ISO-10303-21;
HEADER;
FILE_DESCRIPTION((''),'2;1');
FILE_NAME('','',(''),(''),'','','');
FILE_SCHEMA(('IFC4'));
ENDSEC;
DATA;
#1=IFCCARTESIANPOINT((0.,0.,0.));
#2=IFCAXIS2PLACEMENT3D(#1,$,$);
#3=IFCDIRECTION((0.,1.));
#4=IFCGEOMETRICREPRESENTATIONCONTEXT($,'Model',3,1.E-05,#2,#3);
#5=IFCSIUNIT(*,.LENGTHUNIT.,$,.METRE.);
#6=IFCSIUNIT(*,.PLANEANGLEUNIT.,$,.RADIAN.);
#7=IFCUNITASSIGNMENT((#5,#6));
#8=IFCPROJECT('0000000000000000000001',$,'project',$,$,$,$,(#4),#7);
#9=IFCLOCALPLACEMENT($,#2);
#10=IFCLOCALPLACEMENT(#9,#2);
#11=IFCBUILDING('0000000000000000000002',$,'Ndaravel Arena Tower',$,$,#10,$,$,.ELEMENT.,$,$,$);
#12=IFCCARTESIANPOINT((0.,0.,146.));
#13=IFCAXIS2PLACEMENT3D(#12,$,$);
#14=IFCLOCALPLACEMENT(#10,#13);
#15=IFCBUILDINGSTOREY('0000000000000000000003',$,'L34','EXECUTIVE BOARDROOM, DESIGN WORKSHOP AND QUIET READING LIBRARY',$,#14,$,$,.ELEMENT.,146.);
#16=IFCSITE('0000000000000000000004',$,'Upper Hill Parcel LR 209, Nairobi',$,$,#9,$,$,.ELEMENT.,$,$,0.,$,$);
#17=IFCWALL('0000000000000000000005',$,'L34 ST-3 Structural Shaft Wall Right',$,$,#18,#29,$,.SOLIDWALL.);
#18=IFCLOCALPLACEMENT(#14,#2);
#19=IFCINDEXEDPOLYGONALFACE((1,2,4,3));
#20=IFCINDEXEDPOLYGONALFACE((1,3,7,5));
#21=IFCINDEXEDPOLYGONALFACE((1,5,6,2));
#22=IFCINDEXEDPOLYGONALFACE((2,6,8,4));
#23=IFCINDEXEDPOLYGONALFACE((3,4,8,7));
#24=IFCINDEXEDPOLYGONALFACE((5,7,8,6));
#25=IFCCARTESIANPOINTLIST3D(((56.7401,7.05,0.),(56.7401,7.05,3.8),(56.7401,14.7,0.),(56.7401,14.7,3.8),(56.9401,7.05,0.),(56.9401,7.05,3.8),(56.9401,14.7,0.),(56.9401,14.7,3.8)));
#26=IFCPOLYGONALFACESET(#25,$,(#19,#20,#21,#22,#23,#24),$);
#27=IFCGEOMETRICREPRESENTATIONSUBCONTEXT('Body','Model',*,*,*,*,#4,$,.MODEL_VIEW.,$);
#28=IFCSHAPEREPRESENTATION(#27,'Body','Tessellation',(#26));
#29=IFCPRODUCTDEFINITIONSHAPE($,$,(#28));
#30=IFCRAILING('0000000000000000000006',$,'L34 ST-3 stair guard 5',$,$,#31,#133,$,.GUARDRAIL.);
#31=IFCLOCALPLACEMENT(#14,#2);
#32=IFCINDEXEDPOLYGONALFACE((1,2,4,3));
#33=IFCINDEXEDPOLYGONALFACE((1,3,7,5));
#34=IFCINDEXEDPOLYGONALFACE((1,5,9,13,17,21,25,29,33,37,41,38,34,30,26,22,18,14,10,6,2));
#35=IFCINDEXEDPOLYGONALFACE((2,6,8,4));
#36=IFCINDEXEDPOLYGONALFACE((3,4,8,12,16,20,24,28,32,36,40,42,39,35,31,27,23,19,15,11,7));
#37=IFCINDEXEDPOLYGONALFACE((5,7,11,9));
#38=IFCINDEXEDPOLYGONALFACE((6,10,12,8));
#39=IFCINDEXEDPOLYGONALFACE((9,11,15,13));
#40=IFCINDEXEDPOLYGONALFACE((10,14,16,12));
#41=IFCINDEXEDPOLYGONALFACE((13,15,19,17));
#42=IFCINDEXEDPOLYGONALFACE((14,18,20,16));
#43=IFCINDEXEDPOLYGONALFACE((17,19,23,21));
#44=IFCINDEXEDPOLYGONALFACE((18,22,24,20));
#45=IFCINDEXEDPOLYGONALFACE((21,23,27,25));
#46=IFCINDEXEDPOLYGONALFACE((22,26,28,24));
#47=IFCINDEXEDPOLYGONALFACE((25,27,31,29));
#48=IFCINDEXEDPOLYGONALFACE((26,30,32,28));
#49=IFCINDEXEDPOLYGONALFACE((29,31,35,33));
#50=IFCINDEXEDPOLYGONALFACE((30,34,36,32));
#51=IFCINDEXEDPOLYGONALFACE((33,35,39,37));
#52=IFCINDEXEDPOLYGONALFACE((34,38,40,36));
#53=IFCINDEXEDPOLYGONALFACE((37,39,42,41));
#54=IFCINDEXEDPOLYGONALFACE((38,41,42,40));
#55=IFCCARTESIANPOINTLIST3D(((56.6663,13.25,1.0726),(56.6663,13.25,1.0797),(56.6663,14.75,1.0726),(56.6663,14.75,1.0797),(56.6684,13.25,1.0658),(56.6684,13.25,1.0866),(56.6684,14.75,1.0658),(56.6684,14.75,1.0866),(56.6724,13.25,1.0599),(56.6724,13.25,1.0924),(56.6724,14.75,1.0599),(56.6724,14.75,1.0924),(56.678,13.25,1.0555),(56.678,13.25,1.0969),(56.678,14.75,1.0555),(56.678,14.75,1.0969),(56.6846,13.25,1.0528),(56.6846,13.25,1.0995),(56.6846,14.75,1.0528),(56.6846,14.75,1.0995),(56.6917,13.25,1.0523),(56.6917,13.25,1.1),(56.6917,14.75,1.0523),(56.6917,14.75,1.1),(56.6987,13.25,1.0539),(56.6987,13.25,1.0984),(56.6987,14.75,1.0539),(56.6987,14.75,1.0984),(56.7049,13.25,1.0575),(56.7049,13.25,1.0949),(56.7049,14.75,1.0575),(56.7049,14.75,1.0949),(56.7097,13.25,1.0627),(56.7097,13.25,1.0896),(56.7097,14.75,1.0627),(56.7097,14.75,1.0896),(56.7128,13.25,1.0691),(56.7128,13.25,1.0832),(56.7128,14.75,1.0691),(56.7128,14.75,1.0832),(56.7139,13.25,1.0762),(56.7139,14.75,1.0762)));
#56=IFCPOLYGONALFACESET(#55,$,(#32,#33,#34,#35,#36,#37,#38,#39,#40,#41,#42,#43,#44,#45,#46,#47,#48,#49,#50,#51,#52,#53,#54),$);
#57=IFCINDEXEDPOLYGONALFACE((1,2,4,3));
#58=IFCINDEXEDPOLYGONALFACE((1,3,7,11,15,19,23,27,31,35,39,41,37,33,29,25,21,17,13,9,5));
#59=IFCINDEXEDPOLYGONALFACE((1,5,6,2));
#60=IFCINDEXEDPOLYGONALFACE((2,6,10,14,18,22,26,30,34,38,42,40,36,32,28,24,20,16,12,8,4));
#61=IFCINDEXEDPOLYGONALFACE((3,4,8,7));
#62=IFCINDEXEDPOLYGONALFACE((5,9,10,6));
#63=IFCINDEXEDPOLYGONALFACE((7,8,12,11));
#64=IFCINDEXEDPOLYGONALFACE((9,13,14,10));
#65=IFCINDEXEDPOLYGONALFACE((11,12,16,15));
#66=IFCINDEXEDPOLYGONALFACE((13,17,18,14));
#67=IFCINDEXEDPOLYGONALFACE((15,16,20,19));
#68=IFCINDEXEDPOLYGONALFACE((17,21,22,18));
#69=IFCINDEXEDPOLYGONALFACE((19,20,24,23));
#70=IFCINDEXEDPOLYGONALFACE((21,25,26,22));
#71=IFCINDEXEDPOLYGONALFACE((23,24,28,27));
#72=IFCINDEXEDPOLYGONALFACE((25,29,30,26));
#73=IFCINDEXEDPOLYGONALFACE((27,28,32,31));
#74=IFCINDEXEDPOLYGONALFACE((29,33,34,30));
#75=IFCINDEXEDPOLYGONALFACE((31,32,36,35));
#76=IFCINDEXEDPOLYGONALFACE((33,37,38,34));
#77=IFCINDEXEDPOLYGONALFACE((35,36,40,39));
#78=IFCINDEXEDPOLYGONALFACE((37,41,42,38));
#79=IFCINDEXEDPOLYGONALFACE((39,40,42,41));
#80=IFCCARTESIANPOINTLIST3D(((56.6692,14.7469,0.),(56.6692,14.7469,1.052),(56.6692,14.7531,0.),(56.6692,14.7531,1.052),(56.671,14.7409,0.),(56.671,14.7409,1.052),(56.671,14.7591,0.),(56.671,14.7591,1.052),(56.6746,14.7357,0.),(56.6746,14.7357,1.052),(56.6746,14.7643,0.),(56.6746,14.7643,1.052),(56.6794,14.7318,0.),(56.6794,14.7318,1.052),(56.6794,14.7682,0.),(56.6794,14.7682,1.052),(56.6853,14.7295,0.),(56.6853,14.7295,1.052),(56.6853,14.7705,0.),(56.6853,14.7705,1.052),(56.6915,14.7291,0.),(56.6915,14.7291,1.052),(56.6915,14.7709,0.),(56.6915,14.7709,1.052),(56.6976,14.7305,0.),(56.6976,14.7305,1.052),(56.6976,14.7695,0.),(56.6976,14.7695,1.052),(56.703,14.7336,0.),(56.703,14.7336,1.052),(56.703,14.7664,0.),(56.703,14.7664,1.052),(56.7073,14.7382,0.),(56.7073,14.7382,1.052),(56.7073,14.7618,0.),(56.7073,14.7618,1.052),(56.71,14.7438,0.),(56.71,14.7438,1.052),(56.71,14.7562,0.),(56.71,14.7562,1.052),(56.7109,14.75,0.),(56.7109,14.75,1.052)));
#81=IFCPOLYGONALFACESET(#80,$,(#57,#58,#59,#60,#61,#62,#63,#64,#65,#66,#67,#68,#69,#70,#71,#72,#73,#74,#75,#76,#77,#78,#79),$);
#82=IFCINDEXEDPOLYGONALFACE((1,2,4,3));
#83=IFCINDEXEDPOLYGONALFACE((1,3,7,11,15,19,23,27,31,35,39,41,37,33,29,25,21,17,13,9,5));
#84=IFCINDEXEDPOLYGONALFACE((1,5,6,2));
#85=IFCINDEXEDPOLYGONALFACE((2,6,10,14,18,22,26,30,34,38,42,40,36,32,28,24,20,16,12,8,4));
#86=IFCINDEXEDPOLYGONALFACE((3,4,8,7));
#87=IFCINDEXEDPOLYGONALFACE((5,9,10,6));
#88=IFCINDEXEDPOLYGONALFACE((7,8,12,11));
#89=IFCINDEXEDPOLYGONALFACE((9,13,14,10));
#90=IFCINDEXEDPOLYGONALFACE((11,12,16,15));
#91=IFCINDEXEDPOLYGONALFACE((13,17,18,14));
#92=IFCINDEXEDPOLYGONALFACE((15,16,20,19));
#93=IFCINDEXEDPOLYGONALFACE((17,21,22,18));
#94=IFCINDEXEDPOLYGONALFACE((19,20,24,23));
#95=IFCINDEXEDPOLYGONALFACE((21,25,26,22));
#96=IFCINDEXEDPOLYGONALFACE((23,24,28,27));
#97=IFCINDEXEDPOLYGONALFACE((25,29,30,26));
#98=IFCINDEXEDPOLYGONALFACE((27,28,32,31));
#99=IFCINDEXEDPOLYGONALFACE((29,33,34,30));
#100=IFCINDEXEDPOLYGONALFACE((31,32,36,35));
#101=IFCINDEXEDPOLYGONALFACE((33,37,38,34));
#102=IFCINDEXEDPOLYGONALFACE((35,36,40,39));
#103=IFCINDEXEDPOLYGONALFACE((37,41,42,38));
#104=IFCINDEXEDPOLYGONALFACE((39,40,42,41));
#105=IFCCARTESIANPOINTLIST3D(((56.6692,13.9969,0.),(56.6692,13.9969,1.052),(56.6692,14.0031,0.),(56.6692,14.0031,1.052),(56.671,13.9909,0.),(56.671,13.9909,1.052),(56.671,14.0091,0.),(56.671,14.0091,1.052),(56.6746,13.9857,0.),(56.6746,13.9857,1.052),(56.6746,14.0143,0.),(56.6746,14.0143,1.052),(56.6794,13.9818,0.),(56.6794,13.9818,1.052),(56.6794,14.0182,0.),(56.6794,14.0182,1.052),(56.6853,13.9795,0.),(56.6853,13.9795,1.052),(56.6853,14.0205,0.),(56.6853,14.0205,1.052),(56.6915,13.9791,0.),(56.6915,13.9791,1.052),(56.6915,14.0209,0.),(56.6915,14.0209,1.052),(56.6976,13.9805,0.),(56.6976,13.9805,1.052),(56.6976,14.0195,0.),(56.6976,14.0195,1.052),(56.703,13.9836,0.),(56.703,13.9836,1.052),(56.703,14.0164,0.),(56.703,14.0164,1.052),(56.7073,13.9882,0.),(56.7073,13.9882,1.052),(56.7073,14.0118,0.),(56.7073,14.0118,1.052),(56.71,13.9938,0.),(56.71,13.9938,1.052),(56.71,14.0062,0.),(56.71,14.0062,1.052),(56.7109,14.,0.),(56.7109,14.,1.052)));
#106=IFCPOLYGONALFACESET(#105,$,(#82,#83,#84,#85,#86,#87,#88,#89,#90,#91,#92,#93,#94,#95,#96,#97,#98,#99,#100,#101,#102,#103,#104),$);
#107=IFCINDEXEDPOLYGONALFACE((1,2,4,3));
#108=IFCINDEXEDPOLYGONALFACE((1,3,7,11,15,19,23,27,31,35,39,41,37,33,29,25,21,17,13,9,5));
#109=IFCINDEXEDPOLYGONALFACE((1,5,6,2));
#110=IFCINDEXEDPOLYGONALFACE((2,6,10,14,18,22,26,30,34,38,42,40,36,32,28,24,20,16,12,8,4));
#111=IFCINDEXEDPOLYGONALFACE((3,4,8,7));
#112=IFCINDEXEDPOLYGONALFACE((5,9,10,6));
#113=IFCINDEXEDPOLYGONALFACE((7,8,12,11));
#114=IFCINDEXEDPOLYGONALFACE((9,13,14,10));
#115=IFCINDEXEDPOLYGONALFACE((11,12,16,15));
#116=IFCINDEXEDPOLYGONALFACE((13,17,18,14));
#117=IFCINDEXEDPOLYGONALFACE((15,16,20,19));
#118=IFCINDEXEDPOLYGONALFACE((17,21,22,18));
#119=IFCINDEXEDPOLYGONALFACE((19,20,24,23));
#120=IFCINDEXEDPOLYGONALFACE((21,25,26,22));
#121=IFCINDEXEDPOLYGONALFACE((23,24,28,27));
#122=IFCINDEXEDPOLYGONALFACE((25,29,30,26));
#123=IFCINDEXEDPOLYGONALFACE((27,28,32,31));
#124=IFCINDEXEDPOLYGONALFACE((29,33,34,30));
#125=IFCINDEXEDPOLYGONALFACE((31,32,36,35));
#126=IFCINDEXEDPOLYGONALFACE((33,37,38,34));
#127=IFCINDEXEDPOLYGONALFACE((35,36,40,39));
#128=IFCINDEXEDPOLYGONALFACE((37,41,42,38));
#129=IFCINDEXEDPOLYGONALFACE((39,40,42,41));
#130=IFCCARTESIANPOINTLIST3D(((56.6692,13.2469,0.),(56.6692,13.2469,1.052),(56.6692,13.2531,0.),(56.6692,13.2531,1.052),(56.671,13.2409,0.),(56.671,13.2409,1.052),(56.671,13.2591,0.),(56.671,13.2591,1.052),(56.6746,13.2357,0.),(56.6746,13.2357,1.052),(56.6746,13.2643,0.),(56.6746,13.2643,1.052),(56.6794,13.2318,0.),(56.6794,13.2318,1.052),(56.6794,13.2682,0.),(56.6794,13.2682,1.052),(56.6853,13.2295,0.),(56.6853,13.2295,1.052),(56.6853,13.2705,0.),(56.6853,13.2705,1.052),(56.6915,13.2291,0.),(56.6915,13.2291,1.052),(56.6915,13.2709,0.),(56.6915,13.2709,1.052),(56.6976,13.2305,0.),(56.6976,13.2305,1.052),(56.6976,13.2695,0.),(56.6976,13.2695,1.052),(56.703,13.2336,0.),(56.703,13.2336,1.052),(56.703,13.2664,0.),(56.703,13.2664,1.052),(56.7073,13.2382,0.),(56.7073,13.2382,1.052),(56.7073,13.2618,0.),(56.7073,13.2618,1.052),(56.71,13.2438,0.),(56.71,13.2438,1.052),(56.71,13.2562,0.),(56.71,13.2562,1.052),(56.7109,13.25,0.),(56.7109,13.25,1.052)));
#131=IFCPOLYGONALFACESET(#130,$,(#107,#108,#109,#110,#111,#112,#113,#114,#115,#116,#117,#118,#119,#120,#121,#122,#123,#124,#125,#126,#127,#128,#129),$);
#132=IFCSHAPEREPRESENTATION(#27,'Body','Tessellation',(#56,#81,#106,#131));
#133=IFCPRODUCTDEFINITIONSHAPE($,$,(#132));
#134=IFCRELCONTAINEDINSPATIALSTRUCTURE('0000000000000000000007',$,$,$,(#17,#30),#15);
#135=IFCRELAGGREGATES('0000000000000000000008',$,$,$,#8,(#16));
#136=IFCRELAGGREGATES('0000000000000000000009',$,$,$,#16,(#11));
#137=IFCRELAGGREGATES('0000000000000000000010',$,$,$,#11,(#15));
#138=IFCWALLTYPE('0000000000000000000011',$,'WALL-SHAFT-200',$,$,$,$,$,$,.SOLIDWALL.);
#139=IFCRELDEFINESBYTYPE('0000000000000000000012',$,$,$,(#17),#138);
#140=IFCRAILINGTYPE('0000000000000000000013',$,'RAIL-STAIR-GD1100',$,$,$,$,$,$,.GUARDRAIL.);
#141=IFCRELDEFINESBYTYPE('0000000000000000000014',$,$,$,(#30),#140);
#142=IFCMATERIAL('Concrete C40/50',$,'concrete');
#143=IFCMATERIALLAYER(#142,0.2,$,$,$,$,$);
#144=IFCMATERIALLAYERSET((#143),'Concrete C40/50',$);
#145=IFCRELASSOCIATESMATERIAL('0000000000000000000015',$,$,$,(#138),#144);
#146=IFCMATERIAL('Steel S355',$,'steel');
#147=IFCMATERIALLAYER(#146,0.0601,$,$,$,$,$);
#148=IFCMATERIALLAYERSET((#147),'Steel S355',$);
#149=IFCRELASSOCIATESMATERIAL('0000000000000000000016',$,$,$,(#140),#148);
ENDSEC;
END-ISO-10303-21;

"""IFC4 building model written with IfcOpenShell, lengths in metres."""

from ifc_helpers import new_model, si_unit, direction, frame, frame_2d, origin, origin_2d, place, context, subcontext, project, spatial, rectangle, circle, extrude, material, layer, layer_set, type_object, element, save


model = new_model("IFC4")

# Units and contexts
model_context = context("Model", 3, precision=1e-05, world=origin(), true_north=direction((0.0, 1.0)))
body_context = subcontext(model_context, "Body", "Model", "MODEL_VIEW")
ifc_project = project(units=[si_unit("LENGTHUNIT", "METRE"), si_unit("PLANEANGLEUNIT", "RADIAN")], contexts=[model_context])

# Site, building, storey
site_placement = place(None, origin())
site = spatial("IfcSite", under=ifc_project, at=site_placement, Name="Upper Hill Parcel LR 209, Nairobi", CompositionType="ELEMENT", RefElevation=0.0)
building_placement = place(site_placement, origin())
building = spatial("IfcBuilding", under=site, at=building_placement, Name="Ndaravel Arena Tower", CompositionType="ELEMENT")
storey_placement = place(building_placement, frame((0.0, 0.0, 146.0)))
storey = spatial("IfcBuildingStorey", under=building, at=storey_placement, Name="L34", Description="EXECUTIVE BOARDROOM, DESIGN WORKSHOP AND QUIET READING LIBRARY", CompositionType="ELEMENT", Elevation=146.0)

# Wall
ifc_material_1 = material(Name="Concrete C40/50", Category="concrete")
ifc_layer_1 = layer(ifc_material_1, 0.2)
ifc_layer_set_1 = layer_set([ifc_layer_1], Name="Concrete C40/50")
wall_type_1 = type_object("IfcWallType", Name="WALL-SHAFT-200", PredefinedType="SOLIDWALL", material=ifc_layer_set_1)
wall_1_placement = place(storey_placement, frame((56.8401, 14.7, 0.0), z_axis=(0.0, 0.0, 1.0), x_axis=(0.0, -1.0, 0.0)))
element("IfcWall", 1, at=wall_1_placement, inside=storey, type_object=wall_type_1, Name="L34 ST-3 Structural Shaft Wall Right", PredefinedType="SOLIDWALL", context=body_context, shape_type="SweptSolid", body=[
    extrude(rectangle(XDim=7.6499, YDim=0.2, at=frame_2d((3.825, 0.0))), origin(), (0.0, 0.0, 1.0), 3.8),
])

# Railing
ifc_material_2 = material(Name="Steel S355", Category="steel")
ifc_layer_2 = layer(ifc_material_2, 0.0601)
ifc_layer_set_2 = layer_set([ifc_layer_2], Name="Steel S355")
railing_type = type_object("IfcRailingType", Name="RAIL-STAIR-GD1100", PredefinedType="GUARDRAIL", material=ifc_layer_set_2)
railing_placement = place(storey_placement, frame((56.6899, 14.75, 0.0)))
element("IfcRailing", 2, at=railing_placement, inside=storey, type_object=railing_type, Name="L34 ST-3 stair guard 5", PredefinedType="GUARDRAIL", context=body_context, shape_type="SweptSolid", body=[
    extrude(circle(Radius=0.0239, at=origin_2d()), frame((0.0, 0.0, 1.0762), z_axis=(0.0, -1.0, 0.0), x_axis=(1.0, 0.0, 0.0)), (0.0, 0.0, 1.0), 1.5),
    extrude(circle(Radius=0.021, at=origin_2d()), origin(), (0.0, 0.0, 1.0), 1.052),
    extrude(circle(Radius=0.021, at=origin_2d()), frame((0.0, -0.75, 0.0)), (0.0, 0.0, 1.0), 1.052),
    extrude(circle(Radius=0.021, at=origin_2d()), frame((0.0, -1.5, 0.0)), (0.0, 0.0, 1.0), 1.052),
])

save(model, "model.ifc")
